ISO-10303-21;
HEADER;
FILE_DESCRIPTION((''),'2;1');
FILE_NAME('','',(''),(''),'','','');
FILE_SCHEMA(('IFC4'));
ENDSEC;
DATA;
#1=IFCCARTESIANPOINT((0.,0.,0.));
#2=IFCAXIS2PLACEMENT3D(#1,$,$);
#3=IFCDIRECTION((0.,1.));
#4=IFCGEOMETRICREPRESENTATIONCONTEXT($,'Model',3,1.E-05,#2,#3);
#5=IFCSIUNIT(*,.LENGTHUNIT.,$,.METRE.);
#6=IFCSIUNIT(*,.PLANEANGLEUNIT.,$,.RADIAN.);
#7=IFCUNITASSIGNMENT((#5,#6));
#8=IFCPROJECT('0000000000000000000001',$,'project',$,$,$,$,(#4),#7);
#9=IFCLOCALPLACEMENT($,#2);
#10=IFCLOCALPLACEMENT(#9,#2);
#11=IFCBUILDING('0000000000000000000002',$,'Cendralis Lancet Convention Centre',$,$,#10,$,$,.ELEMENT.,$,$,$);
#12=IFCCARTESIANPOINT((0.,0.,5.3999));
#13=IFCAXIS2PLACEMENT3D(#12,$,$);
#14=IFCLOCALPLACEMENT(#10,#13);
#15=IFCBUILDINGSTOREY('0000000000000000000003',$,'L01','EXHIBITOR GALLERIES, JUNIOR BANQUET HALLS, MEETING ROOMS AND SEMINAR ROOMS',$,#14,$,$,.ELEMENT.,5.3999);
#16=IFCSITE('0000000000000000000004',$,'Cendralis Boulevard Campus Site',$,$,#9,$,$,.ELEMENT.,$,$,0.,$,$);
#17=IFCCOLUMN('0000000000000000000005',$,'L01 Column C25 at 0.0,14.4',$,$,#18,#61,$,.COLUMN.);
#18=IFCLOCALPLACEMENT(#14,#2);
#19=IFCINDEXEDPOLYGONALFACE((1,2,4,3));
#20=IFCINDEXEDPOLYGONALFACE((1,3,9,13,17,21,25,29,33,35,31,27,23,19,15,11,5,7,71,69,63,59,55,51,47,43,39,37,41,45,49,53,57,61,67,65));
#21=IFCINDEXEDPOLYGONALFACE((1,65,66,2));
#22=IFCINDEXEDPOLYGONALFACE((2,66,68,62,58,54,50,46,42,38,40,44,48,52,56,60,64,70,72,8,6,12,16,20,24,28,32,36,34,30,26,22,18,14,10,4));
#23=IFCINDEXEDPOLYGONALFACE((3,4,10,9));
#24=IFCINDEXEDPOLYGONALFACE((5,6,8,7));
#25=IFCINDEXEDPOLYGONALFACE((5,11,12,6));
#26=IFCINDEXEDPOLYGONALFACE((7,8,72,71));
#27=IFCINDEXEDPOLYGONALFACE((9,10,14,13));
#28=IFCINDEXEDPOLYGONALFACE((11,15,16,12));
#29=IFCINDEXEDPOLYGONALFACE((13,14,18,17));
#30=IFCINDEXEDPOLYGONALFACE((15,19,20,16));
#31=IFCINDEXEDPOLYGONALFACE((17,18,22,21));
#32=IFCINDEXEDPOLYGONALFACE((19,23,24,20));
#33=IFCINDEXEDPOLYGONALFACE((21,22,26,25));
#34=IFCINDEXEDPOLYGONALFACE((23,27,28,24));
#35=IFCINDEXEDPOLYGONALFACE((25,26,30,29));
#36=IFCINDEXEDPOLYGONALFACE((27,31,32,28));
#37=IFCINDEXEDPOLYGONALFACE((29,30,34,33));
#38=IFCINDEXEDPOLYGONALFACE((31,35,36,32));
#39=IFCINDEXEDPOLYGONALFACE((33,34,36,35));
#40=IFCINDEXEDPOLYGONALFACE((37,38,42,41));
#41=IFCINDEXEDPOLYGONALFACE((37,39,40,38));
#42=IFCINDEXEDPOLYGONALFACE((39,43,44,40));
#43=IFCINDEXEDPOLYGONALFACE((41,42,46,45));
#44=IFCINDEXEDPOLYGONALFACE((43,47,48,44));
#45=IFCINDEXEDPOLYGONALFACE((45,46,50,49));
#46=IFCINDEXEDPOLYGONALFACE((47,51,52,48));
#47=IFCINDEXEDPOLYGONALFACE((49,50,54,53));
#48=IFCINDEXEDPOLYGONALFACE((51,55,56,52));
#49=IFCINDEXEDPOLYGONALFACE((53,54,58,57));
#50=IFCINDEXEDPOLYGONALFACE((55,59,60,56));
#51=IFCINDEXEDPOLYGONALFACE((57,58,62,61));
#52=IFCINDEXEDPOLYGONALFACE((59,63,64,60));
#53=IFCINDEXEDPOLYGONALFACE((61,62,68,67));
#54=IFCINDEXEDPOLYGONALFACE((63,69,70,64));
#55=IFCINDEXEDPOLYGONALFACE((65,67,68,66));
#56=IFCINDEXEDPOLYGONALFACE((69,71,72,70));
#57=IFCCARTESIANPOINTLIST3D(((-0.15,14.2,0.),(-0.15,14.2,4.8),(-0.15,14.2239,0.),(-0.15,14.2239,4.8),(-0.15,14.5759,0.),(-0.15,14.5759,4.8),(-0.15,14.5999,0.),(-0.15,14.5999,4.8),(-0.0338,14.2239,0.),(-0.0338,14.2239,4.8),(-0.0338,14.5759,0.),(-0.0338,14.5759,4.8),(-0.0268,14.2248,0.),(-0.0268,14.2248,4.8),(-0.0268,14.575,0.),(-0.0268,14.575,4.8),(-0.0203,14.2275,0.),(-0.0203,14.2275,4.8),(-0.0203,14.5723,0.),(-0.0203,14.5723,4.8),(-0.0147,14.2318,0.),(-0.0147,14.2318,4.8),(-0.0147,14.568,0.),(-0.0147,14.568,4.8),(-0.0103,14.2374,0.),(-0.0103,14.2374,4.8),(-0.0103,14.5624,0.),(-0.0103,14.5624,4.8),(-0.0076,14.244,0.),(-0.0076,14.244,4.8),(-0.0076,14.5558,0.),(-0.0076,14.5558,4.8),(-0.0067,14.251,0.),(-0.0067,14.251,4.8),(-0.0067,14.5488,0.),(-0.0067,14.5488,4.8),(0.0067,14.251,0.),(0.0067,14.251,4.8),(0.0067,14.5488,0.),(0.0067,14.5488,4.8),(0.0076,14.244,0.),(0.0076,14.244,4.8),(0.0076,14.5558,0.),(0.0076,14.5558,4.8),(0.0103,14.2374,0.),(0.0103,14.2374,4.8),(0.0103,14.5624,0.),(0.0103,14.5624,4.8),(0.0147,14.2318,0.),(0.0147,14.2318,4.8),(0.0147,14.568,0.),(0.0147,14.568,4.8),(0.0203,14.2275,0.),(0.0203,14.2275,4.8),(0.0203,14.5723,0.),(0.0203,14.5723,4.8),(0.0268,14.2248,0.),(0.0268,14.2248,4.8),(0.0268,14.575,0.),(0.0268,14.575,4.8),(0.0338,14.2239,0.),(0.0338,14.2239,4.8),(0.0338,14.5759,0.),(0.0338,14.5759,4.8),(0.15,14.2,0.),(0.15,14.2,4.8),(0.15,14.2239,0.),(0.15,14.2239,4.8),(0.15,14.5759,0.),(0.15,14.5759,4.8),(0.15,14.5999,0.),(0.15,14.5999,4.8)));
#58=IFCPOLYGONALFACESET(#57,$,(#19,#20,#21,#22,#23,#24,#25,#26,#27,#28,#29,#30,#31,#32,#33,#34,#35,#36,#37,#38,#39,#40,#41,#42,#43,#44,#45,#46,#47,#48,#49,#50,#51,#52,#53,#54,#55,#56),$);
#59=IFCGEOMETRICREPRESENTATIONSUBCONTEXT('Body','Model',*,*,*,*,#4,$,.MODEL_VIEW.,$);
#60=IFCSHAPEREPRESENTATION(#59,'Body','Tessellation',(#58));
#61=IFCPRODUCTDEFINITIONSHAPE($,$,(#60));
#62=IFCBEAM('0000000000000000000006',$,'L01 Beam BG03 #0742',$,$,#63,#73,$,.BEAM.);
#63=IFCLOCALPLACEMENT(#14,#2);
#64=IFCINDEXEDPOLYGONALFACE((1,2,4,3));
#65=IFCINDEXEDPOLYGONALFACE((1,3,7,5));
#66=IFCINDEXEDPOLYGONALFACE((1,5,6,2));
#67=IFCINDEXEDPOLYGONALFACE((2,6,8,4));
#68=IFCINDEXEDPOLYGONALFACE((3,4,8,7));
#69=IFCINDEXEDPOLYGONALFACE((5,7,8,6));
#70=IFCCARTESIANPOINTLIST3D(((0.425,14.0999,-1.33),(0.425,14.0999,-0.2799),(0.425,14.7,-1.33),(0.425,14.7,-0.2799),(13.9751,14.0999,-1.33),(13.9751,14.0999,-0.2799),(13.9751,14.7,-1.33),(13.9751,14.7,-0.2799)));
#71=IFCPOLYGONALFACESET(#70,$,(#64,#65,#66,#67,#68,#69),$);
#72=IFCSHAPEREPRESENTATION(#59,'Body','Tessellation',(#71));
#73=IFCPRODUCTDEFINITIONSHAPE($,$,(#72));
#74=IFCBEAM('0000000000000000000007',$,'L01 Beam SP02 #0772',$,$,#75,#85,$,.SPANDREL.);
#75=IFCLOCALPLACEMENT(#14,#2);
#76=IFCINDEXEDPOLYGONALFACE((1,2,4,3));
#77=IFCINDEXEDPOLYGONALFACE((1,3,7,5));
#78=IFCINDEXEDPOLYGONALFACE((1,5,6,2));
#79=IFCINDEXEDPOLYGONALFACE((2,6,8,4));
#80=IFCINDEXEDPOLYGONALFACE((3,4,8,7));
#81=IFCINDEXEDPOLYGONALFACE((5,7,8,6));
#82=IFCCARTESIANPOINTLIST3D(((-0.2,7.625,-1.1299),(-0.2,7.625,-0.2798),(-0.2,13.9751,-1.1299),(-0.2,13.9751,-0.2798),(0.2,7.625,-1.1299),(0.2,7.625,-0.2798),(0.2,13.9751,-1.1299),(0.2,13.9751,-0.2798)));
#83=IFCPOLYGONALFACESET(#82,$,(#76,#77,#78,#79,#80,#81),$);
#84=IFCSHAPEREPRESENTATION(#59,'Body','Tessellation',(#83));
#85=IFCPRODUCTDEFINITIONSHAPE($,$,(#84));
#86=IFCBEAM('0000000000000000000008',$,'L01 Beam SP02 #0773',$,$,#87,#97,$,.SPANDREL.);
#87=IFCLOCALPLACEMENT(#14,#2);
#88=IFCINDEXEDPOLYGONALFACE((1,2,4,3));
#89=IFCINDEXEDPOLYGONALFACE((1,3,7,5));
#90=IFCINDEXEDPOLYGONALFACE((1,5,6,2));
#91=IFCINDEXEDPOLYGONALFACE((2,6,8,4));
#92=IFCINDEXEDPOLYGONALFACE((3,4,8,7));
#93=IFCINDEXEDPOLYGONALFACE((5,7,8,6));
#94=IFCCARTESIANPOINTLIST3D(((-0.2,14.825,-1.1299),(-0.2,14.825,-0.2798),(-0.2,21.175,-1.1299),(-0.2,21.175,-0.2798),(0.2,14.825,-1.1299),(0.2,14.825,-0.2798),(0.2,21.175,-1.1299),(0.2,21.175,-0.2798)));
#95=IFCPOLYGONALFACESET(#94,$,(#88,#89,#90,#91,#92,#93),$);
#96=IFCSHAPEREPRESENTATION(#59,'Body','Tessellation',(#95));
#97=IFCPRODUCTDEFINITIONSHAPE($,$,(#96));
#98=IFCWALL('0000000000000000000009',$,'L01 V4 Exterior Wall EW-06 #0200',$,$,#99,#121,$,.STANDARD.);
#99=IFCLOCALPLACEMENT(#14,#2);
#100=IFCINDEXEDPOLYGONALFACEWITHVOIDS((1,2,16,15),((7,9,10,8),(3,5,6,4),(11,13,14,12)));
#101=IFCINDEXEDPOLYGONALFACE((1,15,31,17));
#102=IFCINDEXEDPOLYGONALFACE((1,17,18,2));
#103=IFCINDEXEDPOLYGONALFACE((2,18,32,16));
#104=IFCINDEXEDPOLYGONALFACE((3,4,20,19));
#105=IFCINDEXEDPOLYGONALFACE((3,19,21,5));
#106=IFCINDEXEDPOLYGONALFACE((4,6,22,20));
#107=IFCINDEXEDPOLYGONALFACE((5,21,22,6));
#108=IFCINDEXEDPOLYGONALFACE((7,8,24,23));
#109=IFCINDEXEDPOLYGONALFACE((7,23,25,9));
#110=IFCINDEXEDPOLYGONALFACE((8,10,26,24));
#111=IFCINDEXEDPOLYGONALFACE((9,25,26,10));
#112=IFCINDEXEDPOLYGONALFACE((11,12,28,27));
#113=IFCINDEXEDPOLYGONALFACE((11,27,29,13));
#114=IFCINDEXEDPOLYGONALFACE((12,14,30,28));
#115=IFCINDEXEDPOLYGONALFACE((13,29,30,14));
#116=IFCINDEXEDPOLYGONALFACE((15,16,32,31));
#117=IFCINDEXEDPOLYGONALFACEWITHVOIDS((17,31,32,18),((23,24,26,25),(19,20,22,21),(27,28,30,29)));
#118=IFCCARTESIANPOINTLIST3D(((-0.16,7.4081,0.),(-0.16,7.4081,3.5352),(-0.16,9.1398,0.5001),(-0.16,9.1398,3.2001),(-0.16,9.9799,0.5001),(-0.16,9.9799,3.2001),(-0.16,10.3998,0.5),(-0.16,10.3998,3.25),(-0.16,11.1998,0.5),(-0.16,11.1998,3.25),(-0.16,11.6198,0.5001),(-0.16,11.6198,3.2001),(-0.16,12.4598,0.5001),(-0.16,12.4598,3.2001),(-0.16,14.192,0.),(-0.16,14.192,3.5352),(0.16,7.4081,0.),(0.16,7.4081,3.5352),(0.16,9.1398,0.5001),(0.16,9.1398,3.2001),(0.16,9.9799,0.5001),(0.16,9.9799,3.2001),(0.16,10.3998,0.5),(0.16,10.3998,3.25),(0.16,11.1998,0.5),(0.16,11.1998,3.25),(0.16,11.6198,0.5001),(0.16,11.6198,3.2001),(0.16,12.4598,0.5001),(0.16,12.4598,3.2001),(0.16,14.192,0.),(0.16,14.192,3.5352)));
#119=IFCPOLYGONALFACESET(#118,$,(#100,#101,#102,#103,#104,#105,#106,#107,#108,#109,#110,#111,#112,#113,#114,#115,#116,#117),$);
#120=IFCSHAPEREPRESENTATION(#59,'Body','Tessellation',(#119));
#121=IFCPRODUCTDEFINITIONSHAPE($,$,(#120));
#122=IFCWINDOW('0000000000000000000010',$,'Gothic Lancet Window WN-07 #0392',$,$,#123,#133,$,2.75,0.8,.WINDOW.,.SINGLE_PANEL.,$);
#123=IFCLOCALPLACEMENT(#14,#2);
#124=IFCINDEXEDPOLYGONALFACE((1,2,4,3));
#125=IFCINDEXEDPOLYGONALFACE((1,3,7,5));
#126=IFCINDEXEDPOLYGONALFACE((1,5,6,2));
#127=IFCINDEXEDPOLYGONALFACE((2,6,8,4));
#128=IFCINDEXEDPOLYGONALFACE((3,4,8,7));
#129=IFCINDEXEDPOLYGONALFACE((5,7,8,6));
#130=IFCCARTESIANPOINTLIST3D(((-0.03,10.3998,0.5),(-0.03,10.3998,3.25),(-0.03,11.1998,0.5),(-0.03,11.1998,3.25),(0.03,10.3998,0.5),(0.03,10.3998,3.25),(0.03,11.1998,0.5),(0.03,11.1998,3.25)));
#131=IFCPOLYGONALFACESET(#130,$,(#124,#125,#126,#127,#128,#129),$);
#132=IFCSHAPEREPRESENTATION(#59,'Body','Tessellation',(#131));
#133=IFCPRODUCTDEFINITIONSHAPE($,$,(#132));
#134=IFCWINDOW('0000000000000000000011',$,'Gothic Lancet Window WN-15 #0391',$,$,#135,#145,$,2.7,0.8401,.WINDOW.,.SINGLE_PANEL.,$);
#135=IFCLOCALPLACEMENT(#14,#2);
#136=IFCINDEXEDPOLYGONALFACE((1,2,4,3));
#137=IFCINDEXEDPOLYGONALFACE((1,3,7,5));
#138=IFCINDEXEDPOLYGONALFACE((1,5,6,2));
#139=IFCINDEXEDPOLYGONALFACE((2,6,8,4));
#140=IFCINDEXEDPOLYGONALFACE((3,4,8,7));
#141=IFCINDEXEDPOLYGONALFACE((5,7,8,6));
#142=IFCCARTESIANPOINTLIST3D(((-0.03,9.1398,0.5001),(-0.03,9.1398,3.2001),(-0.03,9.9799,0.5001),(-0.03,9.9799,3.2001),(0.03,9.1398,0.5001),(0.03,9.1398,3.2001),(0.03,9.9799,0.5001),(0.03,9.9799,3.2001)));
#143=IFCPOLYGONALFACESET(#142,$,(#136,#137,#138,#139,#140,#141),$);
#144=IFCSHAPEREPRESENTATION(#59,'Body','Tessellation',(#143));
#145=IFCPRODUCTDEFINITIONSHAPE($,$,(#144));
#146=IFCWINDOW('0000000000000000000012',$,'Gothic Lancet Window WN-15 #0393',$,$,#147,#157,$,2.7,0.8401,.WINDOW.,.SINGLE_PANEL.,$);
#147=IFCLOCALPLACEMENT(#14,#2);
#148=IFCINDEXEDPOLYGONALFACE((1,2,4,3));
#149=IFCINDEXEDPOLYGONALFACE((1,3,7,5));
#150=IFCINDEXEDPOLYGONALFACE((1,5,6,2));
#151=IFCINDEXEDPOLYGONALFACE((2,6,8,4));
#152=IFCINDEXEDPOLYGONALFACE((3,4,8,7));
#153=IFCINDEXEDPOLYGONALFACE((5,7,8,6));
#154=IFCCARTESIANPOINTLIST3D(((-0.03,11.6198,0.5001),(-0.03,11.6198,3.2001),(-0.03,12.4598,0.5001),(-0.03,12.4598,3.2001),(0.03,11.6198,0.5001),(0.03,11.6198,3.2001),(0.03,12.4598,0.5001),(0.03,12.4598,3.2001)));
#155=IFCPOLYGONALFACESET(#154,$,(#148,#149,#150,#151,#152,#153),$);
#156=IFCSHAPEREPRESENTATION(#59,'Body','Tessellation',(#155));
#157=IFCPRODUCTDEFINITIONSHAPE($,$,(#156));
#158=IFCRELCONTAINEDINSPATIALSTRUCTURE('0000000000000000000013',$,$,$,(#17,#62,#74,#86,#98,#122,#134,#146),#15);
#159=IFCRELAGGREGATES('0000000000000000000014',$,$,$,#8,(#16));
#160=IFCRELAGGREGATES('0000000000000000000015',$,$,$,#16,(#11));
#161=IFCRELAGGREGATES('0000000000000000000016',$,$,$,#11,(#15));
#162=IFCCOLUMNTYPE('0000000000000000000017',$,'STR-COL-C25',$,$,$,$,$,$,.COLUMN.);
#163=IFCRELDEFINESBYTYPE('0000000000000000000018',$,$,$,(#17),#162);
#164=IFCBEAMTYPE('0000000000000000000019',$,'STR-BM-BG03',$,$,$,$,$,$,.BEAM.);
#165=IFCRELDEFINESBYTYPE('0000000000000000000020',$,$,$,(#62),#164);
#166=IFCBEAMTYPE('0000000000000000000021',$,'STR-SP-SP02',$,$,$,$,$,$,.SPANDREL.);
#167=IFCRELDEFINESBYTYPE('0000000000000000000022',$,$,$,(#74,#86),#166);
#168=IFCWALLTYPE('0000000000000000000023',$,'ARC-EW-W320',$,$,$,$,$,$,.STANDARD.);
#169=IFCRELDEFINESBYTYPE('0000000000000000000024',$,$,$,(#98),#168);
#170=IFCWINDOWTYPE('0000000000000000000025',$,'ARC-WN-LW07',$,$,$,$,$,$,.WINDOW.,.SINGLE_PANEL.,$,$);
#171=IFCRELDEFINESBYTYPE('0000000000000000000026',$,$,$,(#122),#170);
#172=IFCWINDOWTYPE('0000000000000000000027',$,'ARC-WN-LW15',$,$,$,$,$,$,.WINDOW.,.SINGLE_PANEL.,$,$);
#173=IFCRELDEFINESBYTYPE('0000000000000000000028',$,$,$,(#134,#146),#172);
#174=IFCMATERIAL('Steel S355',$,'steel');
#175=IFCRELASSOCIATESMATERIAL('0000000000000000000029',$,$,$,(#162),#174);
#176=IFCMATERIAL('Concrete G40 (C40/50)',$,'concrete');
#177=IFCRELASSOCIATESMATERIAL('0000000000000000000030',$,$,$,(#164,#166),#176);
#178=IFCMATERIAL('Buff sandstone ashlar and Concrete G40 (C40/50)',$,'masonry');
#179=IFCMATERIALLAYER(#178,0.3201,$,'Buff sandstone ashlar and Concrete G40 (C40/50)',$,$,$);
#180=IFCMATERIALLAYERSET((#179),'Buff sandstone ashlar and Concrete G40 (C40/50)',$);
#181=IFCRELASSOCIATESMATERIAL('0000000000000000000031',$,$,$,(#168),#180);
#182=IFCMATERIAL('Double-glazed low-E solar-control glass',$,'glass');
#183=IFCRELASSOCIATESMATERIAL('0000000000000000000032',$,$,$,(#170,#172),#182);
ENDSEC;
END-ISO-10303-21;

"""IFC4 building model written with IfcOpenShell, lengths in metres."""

from ifc_helpers import new_model, si_unit, direction, frame, frame_2d, origin, origin_2d, place, context, subcontext, project, spatial, rectangle, i_section, extrude, material, layer, layer_set, material_profile, profile_set, type_object, element, fill, save


model = new_model("IFC4")

# Units and contexts
model_context = context("Model", 3, precision=1e-05, world=origin(), true_north=direction((0.0, 1.0)))
body_context = subcontext(model_context, "Body", "Model", "MODEL_VIEW")
ifc_project = project(units=[si_unit("LENGTHUNIT", "METRE"), si_unit("PLANEANGLEUNIT", "RADIAN")], contexts=[model_context])

# Site, building, storey
site_placement = place(None, origin())
site = spatial("IfcSite", under=ifc_project, at=site_placement, Name="Cendralis Boulevard Campus Site", CompositionType="ELEMENT", RefElevation=0.0)
building_placement = place(site_placement, origin())
building = spatial("IfcBuilding", under=site, at=building_placement, Name="Cendralis Lancet Convention Centre", CompositionType="ELEMENT")
storey_placement = place(building_placement, frame((0.0, 0.0, 5.3999)))
storey = spatial("IfcBuildingStorey", under=building, at=storey_placement, Name="L01", Description="EXHIBITOR GALLERIES, JUNIOR BANQUET HALLS, MEETING ROOMS AND SEMINAR ROOMS", CompositionType="ELEMENT", Elevation=5.3999)

# Column
ifc_material_1 = material(Name="Steel S355", Category="steel")
ifc_material_profile_1 = material_profile(ifc_material_1, i_section(OverallWidth=0.3, OverallDepth=0.3999, WebThickness=0.0134, FlangeThickness=0.0239, FilletRadius=0.0271, at=origin_2d()), Name="HEB 400")
ifc_profile_set_1 = profile_set([ifc_material_profile_1], Name="Steel S355")
column_type = type_object("IfcColumnType", Name="STR-COL-C25", PredefinedType="COLUMN", material=ifc_profile_set_1)
column_placement = place(storey_placement, frame((0.0, 14.3999, 0.0), z_axis=(0.0, 0.0, 1.0), x_axis=(1.0, 0.0, 0.0)))
element("IfcColumn", 1, at=column_placement, inside=storey, type_object=column_type, Name="L01 Column C25 at 0.0,14.4", PredefinedType="COLUMN", context=body_context, shape_type="SweptSolid", body=[
    extrude(i_section(OverallWidth=0.3, OverallDepth=0.3999, WebThickness=0.0134, FlangeThickness=0.0239, FilletRadius=0.0271, at=origin_2d()), origin(), (0.0, 0.0, 1.0), 4.8),
])

# Beams
ifc_material_2 = material(Name="Concrete G40 (C40/50)", Category="concrete")
ifc_material_profile_2 = material_profile(ifc_material_2, rectangle(XDim=0.6001, YDim=1.05, at=origin_2d()), Name="RCB 600x1050")
ifc_profile_set_2 = profile_set([ifc_material_profile_2], Name="Concrete G40 (C40/50)")
beam_type_1 = type_object("IfcBeamType", Name="STR-BM-BG03", PredefinedType="BEAM", material=ifc_profile_set_2)
beam_placement = place(storey_placement, frame((0.425, 14.3999, -0.8049), z_axis=(1.0, 0.0, 0.0), x_axis=(0.0, 1.0, 0.0)))
element("IfcBeam", 2, at=beam_placement, inside=storey, type_object=beam_type_1, Name="L01 Beam BG03 #0742", PredefinedType="BEAM", context=body_context, shape_type="SweptSolid", body=[
    extrude(rectangle(XDim=0.6001, YDim=1.05, at=origin_2d()), origin(), (0.0, 0.0, 1.0), 13.55),
])
ifc_material_profile_3 = material_profile(ifc_material_2, rectangle(XDim=0.3999, YDim=0.8501, at=origin_2d()), Name="RCB 400x850")
ifc_profile_set_3 = profile_set([ifc_material_profile_3], Name="Concrete G40 (C40/50)")
beam_type_2 = type_object("IfcBeamType", Name="STR-SP-SP02", PredefinedType="SPANDREL", material=ifc_profile_set_3)
for number, where, z_axis, x_axis, name in (
    (3, (0.0, 7.625, -0.7048), (0.0, 1.0, 0.0), (-1.0, 0.0, 0.0), "L01 Beam SP02 #0772"),
    (4, (0.0, 14.825, -0.7048), (0.0, 1.0, 0.0), (-1.0, 0.0, 0.0), "L01 Beam SP02 #0773"),
):
    element("IfcBeam", number, at=place(storey_placement, frame(where, z_axis=z_axis, x_axis=x_axis)), inside=storey, type_object=beam_type_2, Name=name, PredefinedType="SPANDREL", context=body_context, shape_type="SweptSolid", body=[
        extrude(rectangle(XDim=0.3999, YDim=0.8501, at=origin_2d()), origin(), (0.0, 0.0, 1.0), 6.3501),
    ])

# Wall, openings, windows
ifc_material_3 = material(Name="Buff sandstone ashlar and Concrete G40 (C40/50)", Category="masonry")
ifc_layer_1 = layer(ifc_material_3, 0.3201, Name="Buff sandstone ashlar and Concrete G40 (C40/50)")
ifc_layer_set_1 = layer_set([ifc_layer_1], Name="Buff sandstone ashlar and Concrete G40 (C40/50)")
wall_type_1 = type_object("IfcWallType", Name="ARC-EW-W320", PredefinedType="STANDARD", material=ifc_layer_set_1)
wall_1_placement = place(storey_placement, frame((0.0, 7.408, 0.0), z_axis=(0.0, 0.0, 1.0), x_axis=(0.0, 1.0, 0.0)))
wall_1 = element("IfcWall", 5, at=wall_1_placement, inside=storey, type_object=wall_type_1, Name="L01 V4 Exterior Wall EW-06 #0200", PredefinedType="STANDARD", context=body_context, shape_type="SweptSolid", body=[
    extrude(rectangle(XDim=6.7839, YDim=0.3201, at=frame_2d((3.3921, 0.0))), origin(), (0.0, 0.0, 1.0), 3.5352),
])
opening_1_placement = place(wall_1_placement, frame((1.7319, 0.0, 0.5)))
opening_1 = element("IfcOpeningElement", 6, at=opening_1_placement, cuts=wall_1, PredefinedType="OPENING", context=body_context, shape_type="SweptSolid", body=[
    extrude(rectangle(XDim=0.8401, YDim=2.7, at=frame_2d((0.4199, 1.3501))), frame((0.0, 0.1699, 0.0), z_axis=(0.0, -1.0, 0.0), x_axis=(1.0, 0.0, 0.0)), (0.0, 0.0, 1.0), 0.3401),
])
opening_2_placement = place(wall_1_placement, frame((2.9919, 0.0, 0.5)))
opening_2 = element("IfcOpeningElement", 7, at=opening_2_placement, cuts=wall_1, PredefinedType="OPENING", context=body_context, shape_type="SweptSolid", body=[
    extrude(rectangle(XDim=0.8, YDim=2.75, at=frame_2d((0.3999, 1.375))), frame((0.0, 0.1699, 0.0), z_axis=(0.0, -1.0, 0.0), x_axis=(1.0, 0.0, 0.0)), (0.0, 0.0, 1.0), 0.3401),
])
opening_3_placement = place(wall_1_placement, frame((4.2119, 0.0, 0.5)))
opening_3 = element("IfcOpeningElement", 8, at=opening_3_placement, cuts=wall_1, PredefinedType="OPENING", context=body_context, shape_type="SweptSolid", body=[
    extrude(rectangle(XDim=0.8401, YDim=2.7, at=frame_2d((0.4199, 1.3501))), frame((0.0, 0.1699, 0.0), z_axis=(0.0, -1.0, 0.0), x_axis=(1.0, 0.0, 0.0)), (0.0, 0.0, 1.0), 0.3401),
])
ifc_material_4 = material(Name="Double-glazed low-E solar-control glass", Category="glass")
window_type_1 = type_object("IfcWindowType", Name="ARC-WN-LW07", PartitioningType="SINGLE_PANEL", PredefinedType="WINDOW", material=ifc_material_4)
window_1_placement = place(opening_2_placement, origin())
window_1 = element("IfcWindow", 9, at=window_1_placement, inside=storey, type_object=window_type_1, Name="Gothic Lancet Window WN-07 #0392", OverallHeight=2.75, OverallWidth=0.8, PartitioningType="SINGLE_PANEL", PredefinedType="WINDOW", context=body_context, shape_type="SweptSolid", body=[
    extrude(rectangle(XDim=0.8, YDim=2.75, at=frame_2d((0.3999, 1.375))), frame((0.0, 0.03, 0.0), z_axis=(0.0, -1.0, 0.0), x_axis=(1.0, 0.0, 0.0)), (0.0, 0.0, 1.0), 0.0601),
])
fill(opening_2, window_1)
window_type_2 = type_object("IfcWindowType", Name="ARC-WN-LW15", PartitioningType="SINGLE_PANEL", PredefinedType="WINDOW", material=ifc_material_4)
window_2_placement = place(opening_1_placement, origin())
window_2 = element("IfcWindow", 10, at=window_2_placement, inside=storey, type_object=window_type_2, Name="Gothic Lancet Window WN-15 #0391", OverallHeight=2.7, OverallWidth=0.8401, PartitioningType="SINGLE_PANEL", PredefinedType="WINDOW", context=body_context, shape_type="SweptSolid", body=[
    extrude(rectangle(XDim=0.8401, YDim=2.7, at=frame_2d((0.4199, 1.3501))), frame((0.0, 0.03, 0.0), z_axis=(0.0, -1.0, 0.0), x_axis=(1.0, 0.0, 0.0)), (0.0, 0.0, 1.0), 0.0601),
])
fill(opening_1, window_2)
window_3_placement = place(opening_3_placement, origin())
window_3 = element("IfcWindow", 11, at=window_3_placement, inside=storey, type_object=window_type_2, Name="Gothic Lancet Window WN-15 #0393", OverallHeight=2.7, OverallWidth=0.8401, PartitioningType="SINGLE_PANEL", PredefinedType="WINDOW", context=body_context, shape_type="SweptSolid", body=[
    extrude(rectangle(XDim=0.8401, YDim=2.7, at=frame_2d((0.4199, 1.3501))), frame((0.0, 0.03, 0.0), z_axis=(0.0, -1.0, 0.0), x_axis=(1.0, 0.0, 0.0)), (0.0, 0.0, 1.0), 0.0601),
])
fill(opening_3, window_3)

save(model, "model.ifc")
